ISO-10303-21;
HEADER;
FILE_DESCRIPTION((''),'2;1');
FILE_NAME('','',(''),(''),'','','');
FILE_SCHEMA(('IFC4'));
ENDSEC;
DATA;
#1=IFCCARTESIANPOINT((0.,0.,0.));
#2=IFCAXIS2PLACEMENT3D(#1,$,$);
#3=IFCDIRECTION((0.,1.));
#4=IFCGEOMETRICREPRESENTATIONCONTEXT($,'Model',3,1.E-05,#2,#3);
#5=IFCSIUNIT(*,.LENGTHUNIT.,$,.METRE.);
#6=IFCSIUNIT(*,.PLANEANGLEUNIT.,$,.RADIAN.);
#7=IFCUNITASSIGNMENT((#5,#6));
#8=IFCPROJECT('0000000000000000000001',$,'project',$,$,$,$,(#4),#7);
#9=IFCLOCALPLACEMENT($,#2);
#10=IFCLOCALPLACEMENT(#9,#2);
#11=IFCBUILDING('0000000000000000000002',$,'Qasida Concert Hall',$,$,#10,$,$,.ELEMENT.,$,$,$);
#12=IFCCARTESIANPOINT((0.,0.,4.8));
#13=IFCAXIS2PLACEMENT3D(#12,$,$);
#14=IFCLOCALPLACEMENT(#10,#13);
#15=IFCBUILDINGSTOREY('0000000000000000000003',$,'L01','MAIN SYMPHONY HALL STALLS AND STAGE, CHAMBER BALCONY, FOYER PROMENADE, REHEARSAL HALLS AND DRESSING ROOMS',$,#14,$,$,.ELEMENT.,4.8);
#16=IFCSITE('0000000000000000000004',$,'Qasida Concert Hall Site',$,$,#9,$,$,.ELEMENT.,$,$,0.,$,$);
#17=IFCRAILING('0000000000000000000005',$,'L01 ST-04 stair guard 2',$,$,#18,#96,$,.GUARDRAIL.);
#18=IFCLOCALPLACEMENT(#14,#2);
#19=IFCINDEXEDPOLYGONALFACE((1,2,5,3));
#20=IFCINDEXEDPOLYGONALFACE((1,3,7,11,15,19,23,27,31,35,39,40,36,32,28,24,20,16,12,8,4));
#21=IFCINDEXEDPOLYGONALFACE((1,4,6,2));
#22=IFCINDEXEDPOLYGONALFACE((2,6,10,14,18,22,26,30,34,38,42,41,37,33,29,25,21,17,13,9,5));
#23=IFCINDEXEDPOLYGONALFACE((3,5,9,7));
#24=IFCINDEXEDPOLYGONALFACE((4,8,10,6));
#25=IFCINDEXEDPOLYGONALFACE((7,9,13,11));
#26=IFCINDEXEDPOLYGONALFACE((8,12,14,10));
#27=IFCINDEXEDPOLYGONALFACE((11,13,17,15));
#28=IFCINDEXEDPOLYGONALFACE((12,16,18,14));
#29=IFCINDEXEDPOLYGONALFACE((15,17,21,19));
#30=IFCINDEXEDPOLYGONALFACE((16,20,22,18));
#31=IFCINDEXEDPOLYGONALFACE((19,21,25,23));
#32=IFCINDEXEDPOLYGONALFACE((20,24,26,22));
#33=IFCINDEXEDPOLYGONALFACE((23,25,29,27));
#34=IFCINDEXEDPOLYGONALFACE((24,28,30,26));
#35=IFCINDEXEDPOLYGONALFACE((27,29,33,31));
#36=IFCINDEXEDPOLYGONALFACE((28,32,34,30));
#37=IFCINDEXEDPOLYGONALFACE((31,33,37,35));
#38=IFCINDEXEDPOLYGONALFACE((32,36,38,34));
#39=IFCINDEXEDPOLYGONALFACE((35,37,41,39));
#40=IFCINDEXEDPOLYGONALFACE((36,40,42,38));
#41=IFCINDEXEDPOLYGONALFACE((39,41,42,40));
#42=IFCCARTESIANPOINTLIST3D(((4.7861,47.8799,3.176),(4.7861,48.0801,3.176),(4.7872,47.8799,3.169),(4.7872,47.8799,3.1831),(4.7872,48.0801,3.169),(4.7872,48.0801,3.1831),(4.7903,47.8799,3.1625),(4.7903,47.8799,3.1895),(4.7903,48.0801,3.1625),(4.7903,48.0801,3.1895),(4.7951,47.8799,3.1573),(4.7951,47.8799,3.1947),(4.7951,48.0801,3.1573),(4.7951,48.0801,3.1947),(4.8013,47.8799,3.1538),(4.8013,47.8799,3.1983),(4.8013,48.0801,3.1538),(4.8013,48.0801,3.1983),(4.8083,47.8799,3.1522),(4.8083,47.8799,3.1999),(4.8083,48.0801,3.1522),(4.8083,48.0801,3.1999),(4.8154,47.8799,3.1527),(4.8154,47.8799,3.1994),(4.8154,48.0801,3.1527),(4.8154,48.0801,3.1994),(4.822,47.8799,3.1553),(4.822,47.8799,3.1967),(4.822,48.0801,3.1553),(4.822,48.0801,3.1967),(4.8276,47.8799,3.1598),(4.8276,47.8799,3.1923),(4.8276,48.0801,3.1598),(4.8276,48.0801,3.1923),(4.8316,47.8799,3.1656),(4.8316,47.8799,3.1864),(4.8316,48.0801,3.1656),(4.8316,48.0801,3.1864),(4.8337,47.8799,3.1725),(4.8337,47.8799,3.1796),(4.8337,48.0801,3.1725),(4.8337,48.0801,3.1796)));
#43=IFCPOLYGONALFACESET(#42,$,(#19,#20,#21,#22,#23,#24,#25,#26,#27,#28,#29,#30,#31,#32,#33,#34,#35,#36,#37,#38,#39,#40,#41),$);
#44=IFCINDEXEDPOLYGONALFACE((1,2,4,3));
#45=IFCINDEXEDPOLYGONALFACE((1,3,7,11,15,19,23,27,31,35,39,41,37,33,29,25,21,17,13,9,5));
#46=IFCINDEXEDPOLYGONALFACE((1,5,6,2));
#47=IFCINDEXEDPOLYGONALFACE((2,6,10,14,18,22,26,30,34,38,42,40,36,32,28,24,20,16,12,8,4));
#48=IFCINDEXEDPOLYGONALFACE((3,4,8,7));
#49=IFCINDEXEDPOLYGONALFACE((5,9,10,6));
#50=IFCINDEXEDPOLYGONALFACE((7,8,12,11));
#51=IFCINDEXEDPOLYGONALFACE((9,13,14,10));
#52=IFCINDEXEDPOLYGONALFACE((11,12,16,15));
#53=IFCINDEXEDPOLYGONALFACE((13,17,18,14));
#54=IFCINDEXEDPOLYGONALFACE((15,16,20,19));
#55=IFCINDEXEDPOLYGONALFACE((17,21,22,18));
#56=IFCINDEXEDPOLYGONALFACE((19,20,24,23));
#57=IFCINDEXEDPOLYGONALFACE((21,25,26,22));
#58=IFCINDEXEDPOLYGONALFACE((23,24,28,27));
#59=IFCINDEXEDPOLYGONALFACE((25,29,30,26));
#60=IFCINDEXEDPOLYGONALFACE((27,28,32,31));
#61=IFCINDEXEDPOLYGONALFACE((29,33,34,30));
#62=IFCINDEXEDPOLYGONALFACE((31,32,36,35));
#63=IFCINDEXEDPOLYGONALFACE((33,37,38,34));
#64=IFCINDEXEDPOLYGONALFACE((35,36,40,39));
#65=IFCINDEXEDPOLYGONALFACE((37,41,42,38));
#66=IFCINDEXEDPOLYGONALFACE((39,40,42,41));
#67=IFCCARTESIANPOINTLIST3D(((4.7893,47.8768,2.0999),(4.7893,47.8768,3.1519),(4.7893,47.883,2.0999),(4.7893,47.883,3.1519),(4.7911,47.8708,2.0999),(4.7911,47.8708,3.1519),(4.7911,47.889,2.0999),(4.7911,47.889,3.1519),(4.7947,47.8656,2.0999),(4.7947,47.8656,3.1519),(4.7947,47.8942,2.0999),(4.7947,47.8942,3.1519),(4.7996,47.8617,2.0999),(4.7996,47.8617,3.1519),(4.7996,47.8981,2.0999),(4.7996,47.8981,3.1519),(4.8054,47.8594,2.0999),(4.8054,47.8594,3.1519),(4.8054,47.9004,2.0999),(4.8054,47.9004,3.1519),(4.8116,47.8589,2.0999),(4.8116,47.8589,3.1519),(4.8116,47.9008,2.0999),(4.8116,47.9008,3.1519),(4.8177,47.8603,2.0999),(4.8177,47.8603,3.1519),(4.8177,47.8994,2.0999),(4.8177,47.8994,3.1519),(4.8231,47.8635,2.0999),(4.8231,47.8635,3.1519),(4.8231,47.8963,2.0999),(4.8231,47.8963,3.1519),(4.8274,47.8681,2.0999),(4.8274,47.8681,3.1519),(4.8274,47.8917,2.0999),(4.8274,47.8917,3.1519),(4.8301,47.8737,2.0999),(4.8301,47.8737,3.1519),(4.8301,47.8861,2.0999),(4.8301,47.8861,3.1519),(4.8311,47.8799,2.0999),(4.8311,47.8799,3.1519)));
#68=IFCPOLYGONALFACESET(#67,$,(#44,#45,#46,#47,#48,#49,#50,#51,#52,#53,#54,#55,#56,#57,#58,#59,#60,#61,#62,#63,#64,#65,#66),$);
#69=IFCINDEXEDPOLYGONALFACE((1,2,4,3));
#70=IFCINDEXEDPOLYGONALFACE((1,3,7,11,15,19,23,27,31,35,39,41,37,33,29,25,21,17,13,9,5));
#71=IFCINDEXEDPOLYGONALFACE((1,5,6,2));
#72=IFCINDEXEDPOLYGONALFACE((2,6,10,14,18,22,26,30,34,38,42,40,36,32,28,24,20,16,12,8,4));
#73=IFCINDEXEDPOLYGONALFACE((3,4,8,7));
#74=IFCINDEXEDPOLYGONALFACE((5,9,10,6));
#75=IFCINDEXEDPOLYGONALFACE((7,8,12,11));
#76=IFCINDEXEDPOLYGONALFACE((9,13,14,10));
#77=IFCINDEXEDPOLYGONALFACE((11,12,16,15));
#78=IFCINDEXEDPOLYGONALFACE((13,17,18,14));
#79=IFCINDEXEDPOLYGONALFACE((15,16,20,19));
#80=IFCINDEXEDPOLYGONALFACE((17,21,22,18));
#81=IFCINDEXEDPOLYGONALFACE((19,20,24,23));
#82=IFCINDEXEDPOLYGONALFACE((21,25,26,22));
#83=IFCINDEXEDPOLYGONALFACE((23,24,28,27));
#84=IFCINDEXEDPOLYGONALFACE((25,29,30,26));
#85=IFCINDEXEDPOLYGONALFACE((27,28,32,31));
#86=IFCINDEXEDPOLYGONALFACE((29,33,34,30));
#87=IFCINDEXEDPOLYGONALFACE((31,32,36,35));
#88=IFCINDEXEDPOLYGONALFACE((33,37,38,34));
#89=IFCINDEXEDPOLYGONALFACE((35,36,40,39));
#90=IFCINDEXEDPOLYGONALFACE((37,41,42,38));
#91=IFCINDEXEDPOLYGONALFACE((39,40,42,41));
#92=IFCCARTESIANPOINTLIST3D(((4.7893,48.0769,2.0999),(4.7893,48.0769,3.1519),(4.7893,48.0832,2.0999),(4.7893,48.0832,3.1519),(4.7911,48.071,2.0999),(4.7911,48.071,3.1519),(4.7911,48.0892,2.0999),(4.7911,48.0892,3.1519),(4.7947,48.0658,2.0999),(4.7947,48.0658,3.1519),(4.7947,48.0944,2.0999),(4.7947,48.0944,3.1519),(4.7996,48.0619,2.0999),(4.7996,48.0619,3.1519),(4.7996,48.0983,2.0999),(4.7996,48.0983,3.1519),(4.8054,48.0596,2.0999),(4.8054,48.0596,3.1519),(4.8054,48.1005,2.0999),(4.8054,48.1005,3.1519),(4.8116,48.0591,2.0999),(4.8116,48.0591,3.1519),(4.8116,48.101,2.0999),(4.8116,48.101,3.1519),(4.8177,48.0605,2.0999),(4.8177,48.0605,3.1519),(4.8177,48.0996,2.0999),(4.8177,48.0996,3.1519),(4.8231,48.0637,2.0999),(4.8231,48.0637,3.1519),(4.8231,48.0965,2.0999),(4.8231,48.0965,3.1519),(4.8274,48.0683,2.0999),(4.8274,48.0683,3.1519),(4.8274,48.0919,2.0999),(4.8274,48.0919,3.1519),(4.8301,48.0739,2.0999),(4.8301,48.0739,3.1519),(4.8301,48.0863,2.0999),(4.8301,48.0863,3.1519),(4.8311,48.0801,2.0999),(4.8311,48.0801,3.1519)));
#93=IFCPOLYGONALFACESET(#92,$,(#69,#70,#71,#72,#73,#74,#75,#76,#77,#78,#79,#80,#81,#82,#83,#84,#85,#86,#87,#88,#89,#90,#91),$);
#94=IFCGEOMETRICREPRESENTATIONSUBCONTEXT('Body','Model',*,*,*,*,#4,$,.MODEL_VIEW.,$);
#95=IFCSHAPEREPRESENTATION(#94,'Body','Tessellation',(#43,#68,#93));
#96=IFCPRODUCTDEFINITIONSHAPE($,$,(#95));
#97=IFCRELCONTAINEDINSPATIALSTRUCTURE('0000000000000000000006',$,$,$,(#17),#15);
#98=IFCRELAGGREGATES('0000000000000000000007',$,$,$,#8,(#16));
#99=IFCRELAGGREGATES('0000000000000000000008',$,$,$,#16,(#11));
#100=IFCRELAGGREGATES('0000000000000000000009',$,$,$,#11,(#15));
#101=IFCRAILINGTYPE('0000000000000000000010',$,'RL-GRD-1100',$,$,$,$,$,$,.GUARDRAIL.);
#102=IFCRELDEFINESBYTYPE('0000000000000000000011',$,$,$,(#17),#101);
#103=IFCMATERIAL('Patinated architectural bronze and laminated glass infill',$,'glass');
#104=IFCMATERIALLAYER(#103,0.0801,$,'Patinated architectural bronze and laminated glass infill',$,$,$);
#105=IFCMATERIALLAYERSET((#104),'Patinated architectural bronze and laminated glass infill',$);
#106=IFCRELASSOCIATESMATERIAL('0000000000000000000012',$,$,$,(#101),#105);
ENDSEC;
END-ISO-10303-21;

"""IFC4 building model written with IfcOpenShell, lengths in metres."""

from ifc_helpers import new_model, si_unit, direction, frame, origin, origin_2d, place, context, subcontext, project, spatial, circle, extrude, material, layer, layer_set, type_object, element, save


model = new_model("IFC4")

# Units and contexts
model_context = context("Model", 3, precision=1e-05, world=origin(), true_north=direction((0.0, 1.0)))
body_context = subcontext(model_context, "Body", "Model", "MODEL_VIEW")
ifc_project = project(units=[si_unit("LENGTHUNIT", "METRE"), si_unit("PLANEANGLEUNIT", "RADIAN")], contexts=[model_context])

# Site, building, storey
site_placement = place(None, origin())
site = spatial("IfcSite", under=ifc_project, at=site_placement, Name="Qasida Concert Hall Site", CompositionType="ELEMENT", RefElevation=0.0)
building_placement = place(site_placement, origin())
building = spatial("IfcBuilding", under=site, at=building_placement, Name="Qasida Concert Hall", CompositionType="ELEMENT")
storey_placement = place(building_placement, frame((0.0, 0.0, 4.8)))
storey = spatial("IfcBuildingStorey", under=building, at=storey_placement, Name="L01", Description="MAIN SYMPHONY HALL STALLS AND STAGE, CHAMBER BALCONY, FOYER PROMENADE, REHEARSAL HALLS AND DRESSING ROOMS", CompositionType="ELEMENT", Elevation=4.8)

# Railing
ifc_material_1 = material(Name="Patinated architectural bronze and laminated glass infill", Category="glass")
ifc_layer_1 = layer(ifc_material_1, 0.0801, Name="Patinated architectural bronze and laminated glass infill")
ifc_layer_set_1 = layer_set([ifc_layer_1], Name="Patinated architectural bronze and laminated glass infill")
railing_type_1 = type_object("IfcRailingType", Name="RL-GRD-1100", PredefinedType="GUARDRAIL", material=ifc_layer_set_1)
railing_1_placement = place(storey_placement, frame((4.8101, 47.8799, 2.0999)))
element("IfcRailing", 1, at=railing_1_placement, inside=storey, type_object=railing_type_1, Name="L01 ST-04 stair guard 2", PredefinedType="GUARDRAIL", context=body_context, shape_type="SweptSolid", body=[
    extrude(circle(Radius=0.0239, at=origin_2d()), frame((0.0, 0.0, 1.0762), z_axis=(0.0, 1.0, 0.0), x_axis=(-1.0, 0.0, 0.0)), (0.0, 0.0, 1.0), 0.2002),
    extrude(circle(Radius=0.021, at=origin_2d()), origin(), (0.0, 0.0, 1.0), 1.052),
    extrude(circle(Radius=0.021, at=origin_2d()), frame((0.0, 0.2002, 0.0)), (0.0, 0.0, 1.0), 1.052),
])

save(model, "model.ifc")
